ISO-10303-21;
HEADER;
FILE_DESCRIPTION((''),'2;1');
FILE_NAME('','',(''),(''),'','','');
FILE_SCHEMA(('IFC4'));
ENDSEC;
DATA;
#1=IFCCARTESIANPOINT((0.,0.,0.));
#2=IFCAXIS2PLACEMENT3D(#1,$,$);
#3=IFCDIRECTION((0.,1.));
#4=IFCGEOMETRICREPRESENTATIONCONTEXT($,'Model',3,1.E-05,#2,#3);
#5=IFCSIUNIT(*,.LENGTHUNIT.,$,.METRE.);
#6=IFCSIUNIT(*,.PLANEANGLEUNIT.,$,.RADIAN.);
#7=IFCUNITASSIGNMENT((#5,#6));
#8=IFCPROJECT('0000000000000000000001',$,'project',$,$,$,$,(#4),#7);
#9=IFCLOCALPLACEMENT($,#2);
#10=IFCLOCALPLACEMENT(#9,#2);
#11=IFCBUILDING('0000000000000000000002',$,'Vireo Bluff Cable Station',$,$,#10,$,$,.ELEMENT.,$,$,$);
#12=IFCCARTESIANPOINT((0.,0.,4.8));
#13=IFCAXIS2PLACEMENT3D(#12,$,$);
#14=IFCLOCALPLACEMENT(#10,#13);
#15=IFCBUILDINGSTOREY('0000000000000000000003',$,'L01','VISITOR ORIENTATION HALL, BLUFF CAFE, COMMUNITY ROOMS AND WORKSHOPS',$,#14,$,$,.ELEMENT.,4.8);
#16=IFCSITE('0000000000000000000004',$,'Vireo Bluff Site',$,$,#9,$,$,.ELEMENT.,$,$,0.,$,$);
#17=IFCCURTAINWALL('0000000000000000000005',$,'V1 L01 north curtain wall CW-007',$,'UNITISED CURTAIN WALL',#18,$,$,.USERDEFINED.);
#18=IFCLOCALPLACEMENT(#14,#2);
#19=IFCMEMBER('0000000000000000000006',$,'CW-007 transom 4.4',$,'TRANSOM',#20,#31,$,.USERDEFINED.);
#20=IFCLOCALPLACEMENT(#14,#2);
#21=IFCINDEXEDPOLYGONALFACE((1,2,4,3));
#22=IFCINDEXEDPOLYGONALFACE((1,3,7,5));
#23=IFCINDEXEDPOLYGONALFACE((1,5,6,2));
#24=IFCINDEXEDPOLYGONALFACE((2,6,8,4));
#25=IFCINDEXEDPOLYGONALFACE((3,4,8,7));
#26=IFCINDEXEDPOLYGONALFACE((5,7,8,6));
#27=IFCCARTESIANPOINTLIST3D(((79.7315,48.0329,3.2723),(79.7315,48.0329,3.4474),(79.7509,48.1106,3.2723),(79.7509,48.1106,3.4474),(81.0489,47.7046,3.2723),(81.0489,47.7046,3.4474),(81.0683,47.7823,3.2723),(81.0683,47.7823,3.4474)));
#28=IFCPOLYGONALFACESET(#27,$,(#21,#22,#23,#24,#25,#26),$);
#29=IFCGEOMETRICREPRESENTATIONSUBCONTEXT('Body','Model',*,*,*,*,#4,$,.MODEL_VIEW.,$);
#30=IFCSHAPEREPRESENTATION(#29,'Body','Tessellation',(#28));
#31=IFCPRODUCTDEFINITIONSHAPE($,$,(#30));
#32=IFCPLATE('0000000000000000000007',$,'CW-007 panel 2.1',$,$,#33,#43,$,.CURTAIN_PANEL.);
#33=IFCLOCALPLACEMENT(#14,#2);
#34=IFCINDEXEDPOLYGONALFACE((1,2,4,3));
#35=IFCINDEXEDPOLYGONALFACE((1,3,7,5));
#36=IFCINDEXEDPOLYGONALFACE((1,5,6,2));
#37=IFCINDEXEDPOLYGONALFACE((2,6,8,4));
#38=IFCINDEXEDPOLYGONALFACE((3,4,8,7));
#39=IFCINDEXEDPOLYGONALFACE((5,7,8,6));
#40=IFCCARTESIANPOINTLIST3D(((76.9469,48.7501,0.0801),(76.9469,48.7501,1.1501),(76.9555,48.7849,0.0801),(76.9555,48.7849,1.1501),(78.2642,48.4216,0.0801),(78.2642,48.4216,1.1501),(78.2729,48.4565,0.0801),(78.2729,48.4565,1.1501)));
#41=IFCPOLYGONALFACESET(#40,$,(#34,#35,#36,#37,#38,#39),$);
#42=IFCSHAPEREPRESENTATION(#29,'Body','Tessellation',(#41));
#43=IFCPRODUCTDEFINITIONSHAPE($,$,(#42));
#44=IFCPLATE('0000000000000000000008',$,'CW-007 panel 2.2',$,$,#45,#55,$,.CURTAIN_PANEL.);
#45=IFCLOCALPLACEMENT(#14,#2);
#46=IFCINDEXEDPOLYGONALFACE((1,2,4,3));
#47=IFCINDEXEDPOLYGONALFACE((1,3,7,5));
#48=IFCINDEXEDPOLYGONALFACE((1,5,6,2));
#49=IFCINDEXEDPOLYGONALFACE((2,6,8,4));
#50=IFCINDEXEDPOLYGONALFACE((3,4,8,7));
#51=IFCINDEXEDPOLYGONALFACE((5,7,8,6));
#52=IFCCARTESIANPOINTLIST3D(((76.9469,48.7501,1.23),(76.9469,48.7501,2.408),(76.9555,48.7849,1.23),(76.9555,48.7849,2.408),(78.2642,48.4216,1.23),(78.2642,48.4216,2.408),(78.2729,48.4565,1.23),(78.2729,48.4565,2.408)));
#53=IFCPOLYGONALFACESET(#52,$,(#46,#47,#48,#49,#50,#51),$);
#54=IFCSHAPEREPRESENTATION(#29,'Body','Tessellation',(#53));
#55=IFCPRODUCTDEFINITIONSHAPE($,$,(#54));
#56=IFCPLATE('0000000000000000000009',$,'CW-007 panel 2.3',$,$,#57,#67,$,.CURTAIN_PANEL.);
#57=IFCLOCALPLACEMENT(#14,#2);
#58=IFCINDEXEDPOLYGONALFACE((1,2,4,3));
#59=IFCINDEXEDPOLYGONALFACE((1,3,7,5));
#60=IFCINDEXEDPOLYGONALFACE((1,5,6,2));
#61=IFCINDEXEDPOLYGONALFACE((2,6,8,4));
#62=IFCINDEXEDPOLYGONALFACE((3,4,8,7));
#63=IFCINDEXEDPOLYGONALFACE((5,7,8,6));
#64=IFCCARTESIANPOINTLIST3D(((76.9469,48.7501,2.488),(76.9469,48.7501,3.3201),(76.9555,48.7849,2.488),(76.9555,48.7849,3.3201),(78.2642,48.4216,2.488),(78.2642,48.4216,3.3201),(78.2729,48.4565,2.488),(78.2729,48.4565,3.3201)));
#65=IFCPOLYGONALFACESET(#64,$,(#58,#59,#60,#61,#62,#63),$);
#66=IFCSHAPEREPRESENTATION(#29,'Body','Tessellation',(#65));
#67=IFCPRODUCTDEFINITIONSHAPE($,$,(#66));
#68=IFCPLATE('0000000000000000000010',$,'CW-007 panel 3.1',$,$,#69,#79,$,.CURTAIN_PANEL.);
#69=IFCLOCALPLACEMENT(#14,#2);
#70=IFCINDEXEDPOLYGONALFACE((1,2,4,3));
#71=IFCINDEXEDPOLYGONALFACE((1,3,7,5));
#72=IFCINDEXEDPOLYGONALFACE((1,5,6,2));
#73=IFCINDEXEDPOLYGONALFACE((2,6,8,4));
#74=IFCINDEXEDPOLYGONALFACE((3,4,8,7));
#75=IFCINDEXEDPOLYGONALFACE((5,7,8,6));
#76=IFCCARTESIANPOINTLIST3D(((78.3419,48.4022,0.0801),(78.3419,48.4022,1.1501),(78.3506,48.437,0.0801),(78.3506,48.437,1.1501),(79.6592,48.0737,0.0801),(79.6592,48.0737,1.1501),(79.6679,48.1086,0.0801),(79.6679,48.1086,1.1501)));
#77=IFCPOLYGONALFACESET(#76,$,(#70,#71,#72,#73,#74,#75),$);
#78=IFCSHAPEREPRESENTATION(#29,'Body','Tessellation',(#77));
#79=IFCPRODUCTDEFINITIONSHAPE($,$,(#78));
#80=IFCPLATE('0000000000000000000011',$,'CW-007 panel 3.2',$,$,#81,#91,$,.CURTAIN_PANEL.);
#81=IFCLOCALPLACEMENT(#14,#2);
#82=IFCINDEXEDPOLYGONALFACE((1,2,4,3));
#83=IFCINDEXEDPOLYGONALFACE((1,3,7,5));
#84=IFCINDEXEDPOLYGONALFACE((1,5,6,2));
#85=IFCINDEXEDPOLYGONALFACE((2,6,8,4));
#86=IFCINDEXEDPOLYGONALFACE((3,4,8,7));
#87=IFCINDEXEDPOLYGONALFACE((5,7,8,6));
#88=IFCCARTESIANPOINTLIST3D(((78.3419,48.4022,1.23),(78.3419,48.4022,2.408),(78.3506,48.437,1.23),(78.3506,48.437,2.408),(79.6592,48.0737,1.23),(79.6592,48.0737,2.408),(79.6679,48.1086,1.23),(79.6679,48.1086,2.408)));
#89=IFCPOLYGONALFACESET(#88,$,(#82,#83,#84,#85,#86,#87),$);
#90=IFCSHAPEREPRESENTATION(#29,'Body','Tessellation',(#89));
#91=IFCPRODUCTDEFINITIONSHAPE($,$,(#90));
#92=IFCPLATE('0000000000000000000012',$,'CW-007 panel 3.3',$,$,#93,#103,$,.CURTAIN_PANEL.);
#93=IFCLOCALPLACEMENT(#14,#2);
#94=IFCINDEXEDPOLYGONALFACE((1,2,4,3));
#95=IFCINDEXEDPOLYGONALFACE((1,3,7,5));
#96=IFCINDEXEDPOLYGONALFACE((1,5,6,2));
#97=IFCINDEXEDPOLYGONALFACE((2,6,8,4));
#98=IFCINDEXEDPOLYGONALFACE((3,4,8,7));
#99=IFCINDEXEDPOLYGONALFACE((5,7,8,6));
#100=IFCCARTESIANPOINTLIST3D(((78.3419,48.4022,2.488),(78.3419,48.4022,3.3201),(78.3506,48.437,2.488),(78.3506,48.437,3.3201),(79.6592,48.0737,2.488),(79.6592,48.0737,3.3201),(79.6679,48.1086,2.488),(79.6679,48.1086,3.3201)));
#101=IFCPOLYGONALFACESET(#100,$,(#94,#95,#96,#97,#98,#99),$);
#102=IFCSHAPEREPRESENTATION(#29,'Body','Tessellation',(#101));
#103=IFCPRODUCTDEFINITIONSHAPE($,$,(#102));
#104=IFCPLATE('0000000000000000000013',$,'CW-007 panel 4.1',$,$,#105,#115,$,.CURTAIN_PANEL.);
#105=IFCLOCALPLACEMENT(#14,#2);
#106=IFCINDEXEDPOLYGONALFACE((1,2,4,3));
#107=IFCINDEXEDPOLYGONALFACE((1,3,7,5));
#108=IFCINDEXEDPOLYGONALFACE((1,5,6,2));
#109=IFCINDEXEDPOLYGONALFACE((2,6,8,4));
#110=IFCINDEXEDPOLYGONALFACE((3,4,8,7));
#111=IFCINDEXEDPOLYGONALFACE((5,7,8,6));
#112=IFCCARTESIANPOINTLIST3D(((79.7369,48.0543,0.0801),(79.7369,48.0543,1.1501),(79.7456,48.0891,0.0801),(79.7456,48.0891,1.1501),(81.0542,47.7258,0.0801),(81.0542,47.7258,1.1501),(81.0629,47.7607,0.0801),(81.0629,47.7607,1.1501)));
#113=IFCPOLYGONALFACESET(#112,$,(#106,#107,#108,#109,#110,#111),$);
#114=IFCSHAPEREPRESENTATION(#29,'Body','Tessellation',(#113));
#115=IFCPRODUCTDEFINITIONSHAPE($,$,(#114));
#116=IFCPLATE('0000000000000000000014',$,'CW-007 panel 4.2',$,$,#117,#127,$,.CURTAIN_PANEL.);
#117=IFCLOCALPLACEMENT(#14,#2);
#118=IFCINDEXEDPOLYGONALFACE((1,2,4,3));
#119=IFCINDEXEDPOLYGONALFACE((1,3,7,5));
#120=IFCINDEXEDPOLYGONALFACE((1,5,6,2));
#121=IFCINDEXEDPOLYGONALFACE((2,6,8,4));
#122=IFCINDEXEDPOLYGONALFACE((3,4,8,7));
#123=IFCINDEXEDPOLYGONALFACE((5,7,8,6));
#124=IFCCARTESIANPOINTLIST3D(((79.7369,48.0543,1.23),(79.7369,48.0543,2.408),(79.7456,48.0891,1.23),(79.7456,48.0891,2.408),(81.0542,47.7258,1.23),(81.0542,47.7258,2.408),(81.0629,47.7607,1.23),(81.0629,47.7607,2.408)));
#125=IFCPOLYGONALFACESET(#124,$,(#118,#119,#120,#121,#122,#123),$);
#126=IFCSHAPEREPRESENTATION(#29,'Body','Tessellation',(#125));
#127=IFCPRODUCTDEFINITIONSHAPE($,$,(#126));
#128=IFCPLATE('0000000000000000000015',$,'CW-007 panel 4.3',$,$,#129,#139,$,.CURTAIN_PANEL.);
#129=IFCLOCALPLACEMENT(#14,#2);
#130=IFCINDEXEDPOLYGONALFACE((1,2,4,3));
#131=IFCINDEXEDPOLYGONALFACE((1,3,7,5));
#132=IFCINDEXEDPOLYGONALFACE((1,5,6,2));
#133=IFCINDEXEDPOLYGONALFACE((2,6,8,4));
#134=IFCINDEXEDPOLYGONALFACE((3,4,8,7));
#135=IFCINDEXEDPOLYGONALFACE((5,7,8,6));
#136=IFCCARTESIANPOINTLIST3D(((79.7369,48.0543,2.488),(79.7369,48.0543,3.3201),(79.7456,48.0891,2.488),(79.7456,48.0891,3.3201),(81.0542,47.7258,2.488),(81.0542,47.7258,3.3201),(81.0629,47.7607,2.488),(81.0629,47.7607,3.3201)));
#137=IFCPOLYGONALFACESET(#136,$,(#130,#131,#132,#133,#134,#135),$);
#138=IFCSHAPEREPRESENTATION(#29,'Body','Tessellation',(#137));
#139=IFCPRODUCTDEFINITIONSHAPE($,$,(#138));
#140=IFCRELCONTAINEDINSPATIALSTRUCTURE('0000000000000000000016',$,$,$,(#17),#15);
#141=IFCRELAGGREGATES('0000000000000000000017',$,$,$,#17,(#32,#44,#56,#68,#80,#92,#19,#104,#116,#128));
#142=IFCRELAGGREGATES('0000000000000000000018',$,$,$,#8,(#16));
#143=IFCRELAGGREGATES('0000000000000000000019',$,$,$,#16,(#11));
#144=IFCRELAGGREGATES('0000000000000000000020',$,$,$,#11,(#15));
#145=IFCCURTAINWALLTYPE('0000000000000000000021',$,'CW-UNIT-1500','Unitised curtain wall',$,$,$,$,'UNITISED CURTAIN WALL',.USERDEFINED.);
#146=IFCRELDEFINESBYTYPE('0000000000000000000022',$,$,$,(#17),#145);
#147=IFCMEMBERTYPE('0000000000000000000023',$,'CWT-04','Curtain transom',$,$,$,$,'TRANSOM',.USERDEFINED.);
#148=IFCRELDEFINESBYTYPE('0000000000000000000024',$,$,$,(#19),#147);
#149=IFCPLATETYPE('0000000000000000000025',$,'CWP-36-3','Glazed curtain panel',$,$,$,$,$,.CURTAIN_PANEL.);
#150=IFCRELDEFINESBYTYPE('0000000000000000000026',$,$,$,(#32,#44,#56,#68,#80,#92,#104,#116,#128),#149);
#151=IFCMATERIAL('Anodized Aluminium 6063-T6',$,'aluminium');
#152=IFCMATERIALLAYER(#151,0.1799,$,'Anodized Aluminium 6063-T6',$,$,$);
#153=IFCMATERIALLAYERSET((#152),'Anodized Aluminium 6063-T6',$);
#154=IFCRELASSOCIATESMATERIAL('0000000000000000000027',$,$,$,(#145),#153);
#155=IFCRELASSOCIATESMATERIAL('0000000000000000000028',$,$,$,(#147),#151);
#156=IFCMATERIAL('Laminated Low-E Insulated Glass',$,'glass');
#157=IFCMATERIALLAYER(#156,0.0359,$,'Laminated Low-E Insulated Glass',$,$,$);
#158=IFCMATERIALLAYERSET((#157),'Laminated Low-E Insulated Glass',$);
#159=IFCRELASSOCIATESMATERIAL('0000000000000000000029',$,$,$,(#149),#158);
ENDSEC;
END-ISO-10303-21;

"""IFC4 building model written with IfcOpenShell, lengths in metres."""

from ifc_helpers import new_model, si_unit, direction, frame, origin, origin_2d, place, context, subcontext, project, spatial, rectangle, extrude, material, layer, layer_set, material_profile, profile_set, type_object, element, aggregate, save


model = new_model("IFC4")

# Units and contexts
model_context = context("Model", 3, precision=1e-05, world=origin(), true_north=direction((0.0, 1.0)))
body_context = subcontext(model_context, "Body", "Model", "MODEL_VIEW")
ifc_project = project(units=[si_unit("LENGTHUNIT", "METRE"), si_unit("PLANEANGLEUNIT", "RADIAN")], contexts=[model_context])

# Site, building, storey
site_placement = place(None, origin())
site = spatial("IfcSite", under=ifc_project, at=site_placement, Name="Vireo Bluff Site", CompositionType="ELEMENT", RefElevation=0.0)
building_placement = place(site_placement, origin())
building = spatial("IfcBuilding", under=site, at=building_placement, Name="Vireo Bluff Cable Station", CompositionType="ELEMENT")
storey_placement = place(building_placement, frame((0.0, 0.0, 4.8)))
storey = spatial("IfcBuildingStorey", under=building, at=storey_placement, Name="L01", Description="VISITOR ORIENTATION HALL, BLUFF CAFE, COMMUNITY ROOMS AND WORKSHOPS", CompositionType="ELEMENT", Elevation=4.8)

# Curtain wall, member, plates
ifc_material_1 = material(Name="Anodized Aluminium 6063-T6", Category="aluminium")
ifc_layer_1 = layer(ifc_material_1, 0.1799, Name="Anodized Aluminium 6063-T6")
ifc_layer_set_1 = layer_set([ifc_layer_1], Name="Anodized Aluminium 6063-T6")
curtain_wall_type = type_object("IfcCurtainWallType", Name="CW-UNIT-1500", Description="Unitised curtain wall", ElementType="UNITISED CURTAIN WALL", PredefinedType="USERDEFINED", material=ifc_layer_set_1)
curtain_wall_placement = place(storey_placement, origin())
curtain_wall = element("IfcCurtainWall", 1, at=curtain_wall_placement, inside=storey, type_object=curtain_wall_type, Name="V1 L01 north curtain wall CW-007", ObjectType="UNITISED CURTAIN WALL", PredefinedType="USERDEFINED")
ifc_material_profile_1 = material_profile(ifc_material_1, rectangle(XDim=0.0801, YDim=0.175, at=origin_2d()), Name="ALU-T-80X175")
ifc_profile_set_1 = profile_set([ifc_material_profile_1], Name="Anodized Aluminium 6063-T6")
member_type_1 = type_object("IfcMemberType", Name="CWT-04", Description="Curtain transom", ElementType="TRANSOM", PredefinedType="USERDEFINED", material=ifc_profile_set_1)
member_1_placement = place(storey_placement, frame((79.7412, 48.0718, 3.3599), z_axis=(0.970312, -0.241859, 0.0), x_axis=(0.241859, 0.970312, 0.0)))
member_1 = element("IfcMember", 2, at=member_1_placement, type_object=member_type_1, Name="CW-007 transom 4.4", ObjectType="TRANSOM", PredefinedType="USERDEFINED", context=body_context, shape_type="SweptSolid", body=[
    extrude(rectangle(XDim=0.0801, YDim=0.175, at=origin_2d()), origin(), (0.0, 0.0, 1.0), 1.3577),
])
ifc_material_2 = material(Name="Laminated Low-E Insulated Glass", Category="glass")
ifc_layer_2 = layer(ifc_material_2, 0.0359, Name="Laminated Low-E Insulated Glass")
ifc_layer_set_2 = layer_set([ifc_layer_2], Name="Laminated Low-E Insulated Glass")
plate_type = type_object("IfcPlateType", Name="CWP-36-3", Description="Glazed curtain panel", PredefinedType="CURTAIN_PANEL", material=ifc_layer_set_2)
plate_1_placement = place(storey_placement, frame((77.6099, 48.6033, 0.0801), z_axis=(0.0, 0.0, 1.0), x_axis=(0.970296, -0.241922, 0.0)))
plate_1 = element("IfcPlate", 3, at=plate_1_placement, type_object=plate_type, Name="CW-007 panel 2.1", PredefinedType="CURTAIN_PANEL", context=body_context, shape_type="SweptSolid", body=[
    extrude(rectangle(XDim=1.3577, YDim=0.0359, at=origin_2d()), origin(), (0.0, 0.0, 1.0), 1.0701),
])
plate_2_placement = place(storey_placement, frame((77.6099, 48.6033, 1.23), z_axis=(0.0, 0.0, 1.0), x_axis=(0.970296, -0.241922, 0.0)))
plate_2 = element("IfcPlate", 4, at=plate_2_placement, type_object=plate_type, Name="CW-007 panel 2.2", PredefinedType="CURTAIN_PANEL", context=body_context, shape_type="SweptSolid", body=[
    extrude(rectangle(XDim=1.3577, YDim=0.0359, at=origin_2d()), origin(), (0.0, 0.0, 1.0), 1.178),
])
plate_3_placement = place(storey_placement, frame((77.6099, 48.6033, 2.488), z_axis=(0.0, 0.0, 1.0), x_axis=(0.970296, -0.241922, 0.0)))
plate_3 = element("IfcPlate", 5, at=plate_3_placement, type_object=plate_type, Name="CW-007 panel 2.3", PredefinedType="CURTAIN_PANEL", context=body_context, shape_type="SweptSolid", body=[
    extrude(rectangle(XDim=1.3577, YDim=0.0359, at=origin_2d()), origin(), (0.0, 0.0, 1.0), 0.832),
])
plate_4_placement = place(storey_placement, frame((79.0049, 48.2554, 0.0801), z_axis=(0.0, 0.0, 1.0), x_axis=(0.970296, -0.241922, 0.0)))
plate_4 = element("IfcPlate", 6, at=plate_4_placement, type_object=plate_type, Name="CW-007 panel 3.1", PredefinedType="CURTAIN_PANEL", context=body_context, shape_type="SweptSolid", body=[
    extrude(rectangle(XDim=1.3577, YDim=0.0359, at=origin_2d()), origin(), (0.0, 0.0, 1.0), 1.0701),
])
plate_5_placement = place(storey_placement, frame((79.0049, 48.2554, 1.23), z_axis=(0.0, 0.0, 1.0), x_axis=(0.970296, -0.241922, 0.0)))
plate_5 = element("IfcPlate", 7, at=plate_5_placement, type_object=plate_type, Name="CW-007 panel 3.2", PredefinedType="CURTAIN_PANEL", context=body_context, shape_type="SweptSolid", body=[
    extrude(rectangle(XDim=1.3577, YDim=0.0359, at=origin_2d()), origin(), (0.0, 0.0, 1.0), 1.178),
])
plate_6_placement = place(storey_placement, frame((79.0049, 48.2554, 2.488), z_axis=(0.0, 0.0, 1.0), x_axis=(0.970296, -0.241922, 0.0)))
plate_6 = element("IfcPlate", 8, at=plate_6_placement, type_object=plate_type, Name="CW-007 panel 3.3", PredefinedType="CURTAIN_PANEL", context=body_context, shape_type="SweptSolid", body=[
    extrude(rectangle(XDim=1.3577, YDim=0.0359, at=origin_2d()), origin(), (0.0, 0.0, 1.0), 0.832),
])
plate_7_placement = place(storey_placement, frame((80.3999, 47.9075, 0.0801), z_axis=(0.0, 0.0, 1.0), x_axis=(0.970296, -0.241922, 0.0)))
plate_7 = element("IfcPlate", 9, at=plate_7_placement, type_object=plate_type, Name="CW-007 panel 4.1", PredefinedType="CURTAIN_PANEL", context=body_context, shape_type="SweptSolid", body=[
    extrude(rectangle(XDim=1.3577, YDim=0.0359, at=origin_2d()), origin(), (0.0, 0.0, 1.0), 1.0701),
])
plate_8_placement = place(storey_placement, frame((80.3999, 47.9075, 1.23), z_axis=(0.0, 0.0, 1.0), x_axis=(0.970296, -0.241922, 0.0)))
plate_8 = element("IfcPlate", 10, at=plate_8_placement, type_object=plate_type, Name="CW-007 panel 4.2", PredefinedType="CURTAIN_PANEL", context=body_context, shape_type="SweptSolid", body=[
    extrude(rectangle(XDim=1.3577, YDim=0.0359, at=origin_2d()), origin(), (0.0, 0.0, 1.0), 1.178),
])
plate_9_placement = place(storey_placement, frame((80.3999, 47.9075, 2.488), z_axis=(0.0, 0.0, 1.0), x_axis=(0.970296, -0.241922, 0.0)))
plate_9 = element("IfcPlate", 11, at=plate_9_placement, type_object=plate_type, Name="CW-007 panel 4.3", PredefinedType="CURTAIN_PANEL", context=body_context, shape_type="SweptSolid", body=[
    extrude(rectangle(XDim=1.3577, YDim=0.0359, at=origin_2d()), origin(), (0.0, 0.0, 1.0), 0.832),
])
aggregate(curtain_wall, [plate_1, plate_2, plate_3, plate_4, plate_5, plate_6, member_1, plate_7, plate_8, plate_9])

save(model, "model.ifc")
